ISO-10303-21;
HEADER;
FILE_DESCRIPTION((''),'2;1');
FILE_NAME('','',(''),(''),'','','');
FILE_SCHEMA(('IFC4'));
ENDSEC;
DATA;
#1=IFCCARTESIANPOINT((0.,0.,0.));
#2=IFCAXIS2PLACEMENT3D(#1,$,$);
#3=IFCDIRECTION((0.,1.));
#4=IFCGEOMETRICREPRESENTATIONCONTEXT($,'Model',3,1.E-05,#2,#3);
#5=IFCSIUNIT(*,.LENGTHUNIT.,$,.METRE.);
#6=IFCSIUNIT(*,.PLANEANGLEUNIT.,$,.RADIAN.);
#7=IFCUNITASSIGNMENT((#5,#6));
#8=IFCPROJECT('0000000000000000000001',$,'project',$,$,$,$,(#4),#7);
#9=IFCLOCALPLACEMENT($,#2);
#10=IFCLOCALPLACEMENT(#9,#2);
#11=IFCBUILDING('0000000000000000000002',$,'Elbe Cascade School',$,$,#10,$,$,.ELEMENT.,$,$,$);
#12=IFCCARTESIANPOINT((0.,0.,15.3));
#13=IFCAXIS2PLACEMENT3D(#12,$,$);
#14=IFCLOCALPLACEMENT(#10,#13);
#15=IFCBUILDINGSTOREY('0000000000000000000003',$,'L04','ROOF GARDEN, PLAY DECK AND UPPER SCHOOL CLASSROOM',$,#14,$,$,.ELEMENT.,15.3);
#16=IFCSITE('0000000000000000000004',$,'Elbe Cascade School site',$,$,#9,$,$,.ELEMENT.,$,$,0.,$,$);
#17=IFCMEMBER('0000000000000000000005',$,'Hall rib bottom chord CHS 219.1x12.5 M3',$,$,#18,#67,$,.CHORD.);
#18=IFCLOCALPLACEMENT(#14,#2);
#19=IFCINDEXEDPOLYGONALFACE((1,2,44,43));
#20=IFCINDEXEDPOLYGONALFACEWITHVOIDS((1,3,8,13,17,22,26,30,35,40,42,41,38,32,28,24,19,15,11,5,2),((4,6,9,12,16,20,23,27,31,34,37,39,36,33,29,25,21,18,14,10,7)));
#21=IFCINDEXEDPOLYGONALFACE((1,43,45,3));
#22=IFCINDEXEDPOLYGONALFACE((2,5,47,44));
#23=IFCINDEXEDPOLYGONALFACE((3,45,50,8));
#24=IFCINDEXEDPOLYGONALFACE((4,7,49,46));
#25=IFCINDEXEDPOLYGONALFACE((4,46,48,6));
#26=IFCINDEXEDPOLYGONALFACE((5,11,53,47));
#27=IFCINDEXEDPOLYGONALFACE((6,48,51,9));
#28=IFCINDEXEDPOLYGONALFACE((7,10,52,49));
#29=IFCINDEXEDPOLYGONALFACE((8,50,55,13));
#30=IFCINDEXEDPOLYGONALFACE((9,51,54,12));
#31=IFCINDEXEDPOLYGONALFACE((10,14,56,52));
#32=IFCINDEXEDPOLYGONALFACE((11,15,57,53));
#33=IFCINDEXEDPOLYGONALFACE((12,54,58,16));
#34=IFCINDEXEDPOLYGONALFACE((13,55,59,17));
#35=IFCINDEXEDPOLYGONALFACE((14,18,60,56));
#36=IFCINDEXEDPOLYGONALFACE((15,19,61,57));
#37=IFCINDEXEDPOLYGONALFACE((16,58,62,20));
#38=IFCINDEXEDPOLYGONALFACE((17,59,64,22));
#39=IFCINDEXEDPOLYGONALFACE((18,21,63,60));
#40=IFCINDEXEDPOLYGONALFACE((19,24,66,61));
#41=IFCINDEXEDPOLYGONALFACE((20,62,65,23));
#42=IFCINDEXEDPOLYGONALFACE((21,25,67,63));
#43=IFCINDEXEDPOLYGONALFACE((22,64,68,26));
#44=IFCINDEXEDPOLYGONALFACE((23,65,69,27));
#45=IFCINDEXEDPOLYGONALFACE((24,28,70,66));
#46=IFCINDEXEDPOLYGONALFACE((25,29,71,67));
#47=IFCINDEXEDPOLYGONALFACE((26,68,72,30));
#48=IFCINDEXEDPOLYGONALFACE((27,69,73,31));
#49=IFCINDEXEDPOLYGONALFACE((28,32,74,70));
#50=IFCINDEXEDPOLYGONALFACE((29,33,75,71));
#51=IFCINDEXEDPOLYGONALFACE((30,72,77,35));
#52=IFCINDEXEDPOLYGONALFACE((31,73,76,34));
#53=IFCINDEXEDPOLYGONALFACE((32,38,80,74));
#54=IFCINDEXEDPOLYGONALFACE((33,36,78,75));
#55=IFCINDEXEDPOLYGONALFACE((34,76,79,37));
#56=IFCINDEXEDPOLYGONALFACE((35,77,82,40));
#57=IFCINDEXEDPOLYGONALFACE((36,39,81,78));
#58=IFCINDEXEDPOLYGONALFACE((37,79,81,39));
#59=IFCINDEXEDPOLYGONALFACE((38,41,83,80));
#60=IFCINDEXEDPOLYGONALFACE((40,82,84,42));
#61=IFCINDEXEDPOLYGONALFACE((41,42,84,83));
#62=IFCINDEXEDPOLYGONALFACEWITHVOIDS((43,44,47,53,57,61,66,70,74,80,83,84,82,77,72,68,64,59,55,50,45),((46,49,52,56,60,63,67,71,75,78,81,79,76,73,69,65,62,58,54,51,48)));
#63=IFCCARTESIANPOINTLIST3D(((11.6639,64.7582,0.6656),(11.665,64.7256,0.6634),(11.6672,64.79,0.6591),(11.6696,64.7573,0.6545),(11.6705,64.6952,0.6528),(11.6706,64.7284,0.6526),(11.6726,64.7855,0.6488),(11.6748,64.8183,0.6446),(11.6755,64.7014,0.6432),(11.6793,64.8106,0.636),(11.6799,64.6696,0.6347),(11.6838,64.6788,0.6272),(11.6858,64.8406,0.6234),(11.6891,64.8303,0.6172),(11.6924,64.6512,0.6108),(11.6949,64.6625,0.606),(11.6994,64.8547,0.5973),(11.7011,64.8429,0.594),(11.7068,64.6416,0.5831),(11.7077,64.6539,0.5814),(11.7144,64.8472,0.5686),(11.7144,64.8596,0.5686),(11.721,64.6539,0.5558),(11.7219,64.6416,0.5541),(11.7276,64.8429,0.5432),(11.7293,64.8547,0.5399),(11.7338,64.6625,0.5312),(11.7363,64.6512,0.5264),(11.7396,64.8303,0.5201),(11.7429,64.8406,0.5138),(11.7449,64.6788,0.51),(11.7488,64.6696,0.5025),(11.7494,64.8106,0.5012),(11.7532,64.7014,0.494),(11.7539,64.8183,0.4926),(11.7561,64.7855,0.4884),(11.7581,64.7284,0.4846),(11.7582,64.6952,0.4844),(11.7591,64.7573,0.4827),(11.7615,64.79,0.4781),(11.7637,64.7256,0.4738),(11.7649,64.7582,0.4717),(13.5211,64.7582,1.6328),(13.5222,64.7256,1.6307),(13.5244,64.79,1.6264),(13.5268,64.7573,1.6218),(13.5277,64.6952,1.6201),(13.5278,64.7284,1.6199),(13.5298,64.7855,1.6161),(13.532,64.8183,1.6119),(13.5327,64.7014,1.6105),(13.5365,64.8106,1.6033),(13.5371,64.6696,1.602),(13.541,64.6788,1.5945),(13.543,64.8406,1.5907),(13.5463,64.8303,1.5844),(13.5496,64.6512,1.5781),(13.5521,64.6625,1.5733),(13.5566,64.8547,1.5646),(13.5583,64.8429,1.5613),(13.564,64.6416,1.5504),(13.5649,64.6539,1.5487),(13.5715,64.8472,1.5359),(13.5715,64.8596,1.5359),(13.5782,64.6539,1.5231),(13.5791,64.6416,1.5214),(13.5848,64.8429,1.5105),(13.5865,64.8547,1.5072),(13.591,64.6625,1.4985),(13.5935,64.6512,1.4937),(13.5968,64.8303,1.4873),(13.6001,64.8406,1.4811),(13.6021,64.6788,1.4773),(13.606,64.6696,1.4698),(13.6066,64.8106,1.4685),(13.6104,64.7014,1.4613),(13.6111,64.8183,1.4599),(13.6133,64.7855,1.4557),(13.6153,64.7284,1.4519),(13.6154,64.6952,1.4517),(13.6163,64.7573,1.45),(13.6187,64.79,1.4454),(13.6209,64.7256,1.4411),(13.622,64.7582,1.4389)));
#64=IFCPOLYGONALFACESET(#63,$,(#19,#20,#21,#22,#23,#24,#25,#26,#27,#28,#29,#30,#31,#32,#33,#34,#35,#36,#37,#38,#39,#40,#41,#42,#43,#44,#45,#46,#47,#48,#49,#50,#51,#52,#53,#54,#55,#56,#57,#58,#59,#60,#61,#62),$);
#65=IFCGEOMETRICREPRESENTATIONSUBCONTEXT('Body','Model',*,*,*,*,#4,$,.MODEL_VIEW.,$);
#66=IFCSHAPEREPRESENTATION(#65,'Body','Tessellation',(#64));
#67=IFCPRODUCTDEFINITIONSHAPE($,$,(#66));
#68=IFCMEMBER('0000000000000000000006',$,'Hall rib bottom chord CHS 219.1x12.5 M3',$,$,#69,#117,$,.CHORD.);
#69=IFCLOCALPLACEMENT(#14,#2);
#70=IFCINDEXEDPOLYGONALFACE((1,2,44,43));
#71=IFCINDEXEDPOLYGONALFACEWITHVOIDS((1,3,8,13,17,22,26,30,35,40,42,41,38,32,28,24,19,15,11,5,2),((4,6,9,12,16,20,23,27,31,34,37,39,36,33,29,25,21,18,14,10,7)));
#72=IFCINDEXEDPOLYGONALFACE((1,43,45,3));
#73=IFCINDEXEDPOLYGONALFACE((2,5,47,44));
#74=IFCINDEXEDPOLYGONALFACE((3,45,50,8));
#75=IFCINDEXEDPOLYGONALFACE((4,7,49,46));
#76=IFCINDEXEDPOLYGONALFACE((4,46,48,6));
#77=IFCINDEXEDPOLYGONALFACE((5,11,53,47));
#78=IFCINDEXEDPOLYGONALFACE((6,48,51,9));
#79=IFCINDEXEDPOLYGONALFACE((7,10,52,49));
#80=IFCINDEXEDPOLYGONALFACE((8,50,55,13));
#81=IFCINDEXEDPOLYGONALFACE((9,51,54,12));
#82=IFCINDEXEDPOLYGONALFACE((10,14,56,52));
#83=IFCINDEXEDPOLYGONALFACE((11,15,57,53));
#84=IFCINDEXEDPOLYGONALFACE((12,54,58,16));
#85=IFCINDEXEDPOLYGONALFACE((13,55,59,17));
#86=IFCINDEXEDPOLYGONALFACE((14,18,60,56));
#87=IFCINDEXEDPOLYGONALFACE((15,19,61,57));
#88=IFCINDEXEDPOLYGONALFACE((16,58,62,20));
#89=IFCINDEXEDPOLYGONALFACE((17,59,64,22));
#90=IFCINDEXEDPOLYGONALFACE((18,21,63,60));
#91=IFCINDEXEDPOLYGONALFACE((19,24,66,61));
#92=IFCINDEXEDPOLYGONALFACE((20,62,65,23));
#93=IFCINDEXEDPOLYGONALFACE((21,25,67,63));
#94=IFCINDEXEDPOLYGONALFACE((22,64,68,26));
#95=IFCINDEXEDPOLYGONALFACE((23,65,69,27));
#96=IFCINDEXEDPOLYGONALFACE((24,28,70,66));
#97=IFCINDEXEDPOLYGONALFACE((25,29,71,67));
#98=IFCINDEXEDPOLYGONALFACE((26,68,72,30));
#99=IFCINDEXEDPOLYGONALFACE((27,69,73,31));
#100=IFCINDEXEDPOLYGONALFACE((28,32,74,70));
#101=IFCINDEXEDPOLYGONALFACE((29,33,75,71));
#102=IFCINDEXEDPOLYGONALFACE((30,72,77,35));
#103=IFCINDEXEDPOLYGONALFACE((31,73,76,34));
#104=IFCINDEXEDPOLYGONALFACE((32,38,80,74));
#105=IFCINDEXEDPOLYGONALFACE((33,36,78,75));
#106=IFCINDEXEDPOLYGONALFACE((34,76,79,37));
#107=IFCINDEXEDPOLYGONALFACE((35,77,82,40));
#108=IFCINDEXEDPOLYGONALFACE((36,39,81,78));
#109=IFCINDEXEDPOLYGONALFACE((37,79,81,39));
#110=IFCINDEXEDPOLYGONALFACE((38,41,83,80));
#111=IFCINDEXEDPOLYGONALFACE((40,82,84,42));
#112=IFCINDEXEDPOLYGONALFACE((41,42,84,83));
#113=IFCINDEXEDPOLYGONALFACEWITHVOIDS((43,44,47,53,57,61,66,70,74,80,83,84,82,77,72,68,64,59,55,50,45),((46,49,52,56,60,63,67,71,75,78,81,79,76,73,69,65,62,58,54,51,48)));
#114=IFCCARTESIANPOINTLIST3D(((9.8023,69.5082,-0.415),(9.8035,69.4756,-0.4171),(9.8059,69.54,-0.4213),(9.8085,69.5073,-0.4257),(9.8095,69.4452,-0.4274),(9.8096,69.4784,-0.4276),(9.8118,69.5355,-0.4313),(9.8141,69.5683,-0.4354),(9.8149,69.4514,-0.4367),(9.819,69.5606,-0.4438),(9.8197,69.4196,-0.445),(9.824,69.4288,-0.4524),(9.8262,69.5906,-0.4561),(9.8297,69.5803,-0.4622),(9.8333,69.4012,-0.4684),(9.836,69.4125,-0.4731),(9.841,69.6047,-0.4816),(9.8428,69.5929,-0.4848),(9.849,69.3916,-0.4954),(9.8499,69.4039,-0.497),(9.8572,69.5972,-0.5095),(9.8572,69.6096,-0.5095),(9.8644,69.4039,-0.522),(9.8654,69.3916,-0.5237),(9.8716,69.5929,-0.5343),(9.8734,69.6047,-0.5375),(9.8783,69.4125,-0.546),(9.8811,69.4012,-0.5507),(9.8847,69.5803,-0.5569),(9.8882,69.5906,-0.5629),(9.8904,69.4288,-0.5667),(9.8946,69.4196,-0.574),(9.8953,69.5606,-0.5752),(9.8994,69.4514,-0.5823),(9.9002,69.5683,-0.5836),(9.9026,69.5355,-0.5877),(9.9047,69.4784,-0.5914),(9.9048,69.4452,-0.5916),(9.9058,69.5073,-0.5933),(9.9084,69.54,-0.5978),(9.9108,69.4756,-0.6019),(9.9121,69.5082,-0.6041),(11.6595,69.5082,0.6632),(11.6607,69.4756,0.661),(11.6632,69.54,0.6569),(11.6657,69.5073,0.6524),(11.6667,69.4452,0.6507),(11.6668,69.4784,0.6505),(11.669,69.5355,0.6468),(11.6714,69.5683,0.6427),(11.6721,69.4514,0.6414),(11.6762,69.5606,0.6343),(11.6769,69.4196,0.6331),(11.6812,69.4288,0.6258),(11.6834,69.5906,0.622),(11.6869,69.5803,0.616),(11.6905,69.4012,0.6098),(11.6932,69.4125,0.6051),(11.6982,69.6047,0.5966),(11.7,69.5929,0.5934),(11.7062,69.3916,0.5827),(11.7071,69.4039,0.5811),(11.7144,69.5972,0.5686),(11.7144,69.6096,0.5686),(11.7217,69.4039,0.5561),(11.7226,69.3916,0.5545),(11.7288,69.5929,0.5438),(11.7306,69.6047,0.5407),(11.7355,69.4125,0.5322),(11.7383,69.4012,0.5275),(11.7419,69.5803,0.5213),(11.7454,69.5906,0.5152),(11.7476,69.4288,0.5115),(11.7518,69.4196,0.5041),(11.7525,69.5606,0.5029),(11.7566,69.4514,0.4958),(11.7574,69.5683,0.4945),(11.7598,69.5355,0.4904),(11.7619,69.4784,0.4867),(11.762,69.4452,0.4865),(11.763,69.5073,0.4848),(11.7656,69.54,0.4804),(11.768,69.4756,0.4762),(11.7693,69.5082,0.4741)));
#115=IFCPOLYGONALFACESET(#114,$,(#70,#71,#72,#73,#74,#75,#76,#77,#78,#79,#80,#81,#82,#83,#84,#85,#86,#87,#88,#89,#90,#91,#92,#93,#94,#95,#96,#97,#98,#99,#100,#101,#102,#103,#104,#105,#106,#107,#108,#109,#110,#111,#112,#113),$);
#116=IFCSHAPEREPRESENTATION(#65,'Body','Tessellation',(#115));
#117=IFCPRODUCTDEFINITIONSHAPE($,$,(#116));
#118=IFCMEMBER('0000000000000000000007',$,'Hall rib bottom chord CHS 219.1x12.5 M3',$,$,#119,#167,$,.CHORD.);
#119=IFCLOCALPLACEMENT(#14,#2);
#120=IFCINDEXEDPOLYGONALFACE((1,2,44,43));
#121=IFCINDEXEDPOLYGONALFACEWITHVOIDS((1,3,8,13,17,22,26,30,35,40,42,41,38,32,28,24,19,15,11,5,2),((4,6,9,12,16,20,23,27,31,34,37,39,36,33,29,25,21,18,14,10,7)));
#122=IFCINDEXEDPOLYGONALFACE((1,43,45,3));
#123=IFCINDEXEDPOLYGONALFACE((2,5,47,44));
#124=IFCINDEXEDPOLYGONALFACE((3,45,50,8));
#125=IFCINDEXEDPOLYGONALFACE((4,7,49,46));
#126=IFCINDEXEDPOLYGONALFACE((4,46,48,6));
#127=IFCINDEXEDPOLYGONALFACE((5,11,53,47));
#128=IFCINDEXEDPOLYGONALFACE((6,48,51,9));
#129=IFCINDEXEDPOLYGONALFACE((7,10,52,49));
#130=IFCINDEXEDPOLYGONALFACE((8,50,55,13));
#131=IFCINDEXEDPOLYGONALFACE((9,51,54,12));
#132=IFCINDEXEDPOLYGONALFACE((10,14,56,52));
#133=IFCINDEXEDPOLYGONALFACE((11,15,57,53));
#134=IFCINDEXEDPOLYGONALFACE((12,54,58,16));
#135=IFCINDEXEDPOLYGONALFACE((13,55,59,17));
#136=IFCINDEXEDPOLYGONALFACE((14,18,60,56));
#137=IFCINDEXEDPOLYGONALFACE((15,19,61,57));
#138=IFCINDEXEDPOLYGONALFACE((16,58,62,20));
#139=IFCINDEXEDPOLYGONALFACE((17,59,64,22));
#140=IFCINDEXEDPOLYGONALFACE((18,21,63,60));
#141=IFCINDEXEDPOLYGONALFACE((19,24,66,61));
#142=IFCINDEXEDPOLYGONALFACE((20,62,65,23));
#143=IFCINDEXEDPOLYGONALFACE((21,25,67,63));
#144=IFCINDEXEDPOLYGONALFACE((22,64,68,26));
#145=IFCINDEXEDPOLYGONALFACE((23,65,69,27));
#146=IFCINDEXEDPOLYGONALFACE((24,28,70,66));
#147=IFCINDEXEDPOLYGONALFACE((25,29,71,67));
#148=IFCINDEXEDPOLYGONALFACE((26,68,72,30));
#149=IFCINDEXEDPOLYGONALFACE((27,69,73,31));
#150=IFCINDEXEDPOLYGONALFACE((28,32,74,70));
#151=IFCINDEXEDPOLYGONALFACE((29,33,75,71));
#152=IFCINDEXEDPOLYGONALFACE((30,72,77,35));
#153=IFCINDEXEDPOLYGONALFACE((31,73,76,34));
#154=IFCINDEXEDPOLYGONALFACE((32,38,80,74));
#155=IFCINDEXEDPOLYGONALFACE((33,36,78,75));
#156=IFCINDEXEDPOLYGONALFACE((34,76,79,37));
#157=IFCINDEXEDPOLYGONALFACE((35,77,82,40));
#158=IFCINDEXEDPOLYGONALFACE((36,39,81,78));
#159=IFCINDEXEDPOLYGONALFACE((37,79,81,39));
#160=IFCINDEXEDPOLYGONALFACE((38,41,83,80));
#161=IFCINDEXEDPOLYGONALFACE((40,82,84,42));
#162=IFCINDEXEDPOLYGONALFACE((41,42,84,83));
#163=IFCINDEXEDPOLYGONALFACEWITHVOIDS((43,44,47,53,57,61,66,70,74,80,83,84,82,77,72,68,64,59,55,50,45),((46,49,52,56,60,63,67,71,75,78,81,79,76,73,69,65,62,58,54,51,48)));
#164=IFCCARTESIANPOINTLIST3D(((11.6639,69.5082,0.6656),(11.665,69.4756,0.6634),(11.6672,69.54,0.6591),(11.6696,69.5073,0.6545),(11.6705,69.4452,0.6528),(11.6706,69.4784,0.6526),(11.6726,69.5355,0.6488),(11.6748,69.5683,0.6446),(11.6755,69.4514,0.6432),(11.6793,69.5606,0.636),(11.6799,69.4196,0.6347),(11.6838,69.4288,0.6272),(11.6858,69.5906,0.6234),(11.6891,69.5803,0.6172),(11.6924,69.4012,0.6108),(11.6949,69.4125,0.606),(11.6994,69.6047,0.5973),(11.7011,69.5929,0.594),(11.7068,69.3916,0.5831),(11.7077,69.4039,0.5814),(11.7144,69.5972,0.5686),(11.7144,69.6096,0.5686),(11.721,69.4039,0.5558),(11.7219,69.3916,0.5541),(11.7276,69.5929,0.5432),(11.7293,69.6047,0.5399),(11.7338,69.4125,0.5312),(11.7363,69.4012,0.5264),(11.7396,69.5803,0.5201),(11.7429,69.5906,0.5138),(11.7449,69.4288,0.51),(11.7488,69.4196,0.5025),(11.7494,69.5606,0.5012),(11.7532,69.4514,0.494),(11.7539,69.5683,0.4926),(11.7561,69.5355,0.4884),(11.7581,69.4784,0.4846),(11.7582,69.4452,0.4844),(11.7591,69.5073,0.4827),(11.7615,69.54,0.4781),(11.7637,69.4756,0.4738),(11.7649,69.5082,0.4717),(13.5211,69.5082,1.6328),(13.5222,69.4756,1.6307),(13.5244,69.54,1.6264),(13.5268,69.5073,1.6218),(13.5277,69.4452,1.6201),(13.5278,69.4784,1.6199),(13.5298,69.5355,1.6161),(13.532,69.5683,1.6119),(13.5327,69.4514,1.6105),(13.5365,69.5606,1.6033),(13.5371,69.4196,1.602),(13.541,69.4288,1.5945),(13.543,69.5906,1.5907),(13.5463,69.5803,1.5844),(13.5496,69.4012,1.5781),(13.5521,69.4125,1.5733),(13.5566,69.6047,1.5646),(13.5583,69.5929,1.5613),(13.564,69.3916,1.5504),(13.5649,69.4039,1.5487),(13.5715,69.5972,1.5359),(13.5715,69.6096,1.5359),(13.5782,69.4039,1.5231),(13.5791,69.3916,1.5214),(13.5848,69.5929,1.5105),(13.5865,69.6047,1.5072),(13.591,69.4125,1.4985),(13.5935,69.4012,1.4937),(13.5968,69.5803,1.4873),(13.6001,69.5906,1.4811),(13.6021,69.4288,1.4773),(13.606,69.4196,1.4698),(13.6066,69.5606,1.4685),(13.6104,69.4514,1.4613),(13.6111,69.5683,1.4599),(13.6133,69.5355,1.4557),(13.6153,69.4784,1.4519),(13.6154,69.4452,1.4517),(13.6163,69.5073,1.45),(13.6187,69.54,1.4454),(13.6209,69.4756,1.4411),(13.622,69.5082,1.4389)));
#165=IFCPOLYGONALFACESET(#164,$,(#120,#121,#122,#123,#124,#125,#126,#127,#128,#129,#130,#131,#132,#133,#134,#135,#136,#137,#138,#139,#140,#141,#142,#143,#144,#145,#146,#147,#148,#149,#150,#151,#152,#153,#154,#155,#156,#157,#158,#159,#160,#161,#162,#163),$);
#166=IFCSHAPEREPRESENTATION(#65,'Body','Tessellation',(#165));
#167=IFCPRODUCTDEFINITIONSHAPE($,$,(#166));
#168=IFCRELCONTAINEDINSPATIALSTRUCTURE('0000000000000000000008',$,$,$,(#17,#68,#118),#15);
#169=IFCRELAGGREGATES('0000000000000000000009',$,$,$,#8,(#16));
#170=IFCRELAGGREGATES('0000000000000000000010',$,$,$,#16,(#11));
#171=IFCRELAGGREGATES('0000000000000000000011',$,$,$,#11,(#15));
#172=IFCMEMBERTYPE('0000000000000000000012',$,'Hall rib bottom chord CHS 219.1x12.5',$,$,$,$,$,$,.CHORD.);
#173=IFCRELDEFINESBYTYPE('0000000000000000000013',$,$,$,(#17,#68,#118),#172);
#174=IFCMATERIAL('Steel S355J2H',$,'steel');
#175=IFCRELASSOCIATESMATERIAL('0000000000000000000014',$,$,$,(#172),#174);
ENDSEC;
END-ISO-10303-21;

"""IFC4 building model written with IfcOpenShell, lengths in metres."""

from ifc_helpers import new_model, si_unit, direction, frame, origin, origin_2d, place, context, subcontext, project, spatial, hollow_circle, extrude, material, material_profile, profile_set, type_object, element, save


model = new_model("IFC4")

# Units and contexts
model_context = context("Model", 3, precision=1e-05, world=origin(), true_north=direction((0.0, 1.0)))
body_context = subcontext(model_context, "Body", "Model", "MODEL_VIEW")
ifc_project = project(units=[si_unit("LENGTHUNIT", "METRE"), si_unit("PLANEANGLEUNIT", "RADIAN")], contexts=[model_context])

# Site, building, storey
site_placement = place(None, origin())
site = spatial("IfcSite", under=ifc_project, at=site_placement, Name="Elbe Cascade School site", CompositionType="ELEMENT", RefElevation=0.0)
building_placement = place(site_placement, origin())
building = spatial("IfcBuilding", under=site, at=building_placement, Name="Elbe Cascade School", CompositionType="ELEMENT")
storey_placement = place(building_placement, frame((0.0, 0.0, 15.3)))
storey = spatial("IfcBuildingStorey", under=building, at=storey_placement, Name="L04", Description="ROOF GARDEN, PLAY DECK AND UPPER SCHOOL CLASSROOM", CompositionType="ELEMENT", Elevation=15.3)

# Members
ifc_material_1 = material(Name="Steel S355J2H", Category="steel")
ifc_material_profile_1 = material_profile(ifc_material_1, hollow_circle(Radius=0.1096, WallThickness=0.0125, at=origin_2d()), Name="CHS 219.1x12.5")
ifc_profile_set_1 = profile_set([ifc_material_profile_1], Name="Steel S355J2H")
member_type_1 = type_object("IfcMemberType", Name="Hall rib bottom chord CHS 219.1x12.5", PredefinedType="CHORD", material=ifc_profile_set_1)
member_1_placement = place(storey_placement, frame((11.7144, 64.75, 0.5686), z_axis=(0.886913, 0.0, 0.461936), x_axis=(0.0, 1.0, 0.0)))
element("IfcMember", 1, at=member_1_placement, inside=storey, type_object=member_type_1, Name="Hall rib bottom chord CHS 219.1x12.5 M3", PredefinedType="CHORD", context=body_context, shape_type="SweptSolid", body=[
    extrude(hollow_circle(Radius=0.1096, WallThickness=0.0125, at=origin_2d()), origin(), (0.0, 0.0, 1.0), 2.094),
])
member_2_placement = place(storey_placement, frame((9.8572, 69.5, -0.5095), z_axis=(0.864837, 0.0, 0.502053), x_axis=(0.0, 1.0, 0.0)))
element("IfcMember", 2, at=member_2_placement, inside=storey, type_object=member_type_1, Name="Hall rib bottom chord CHS 219.1x12.5 M3", PredefinedType="CHORD", context=body_context, shape_type="SweptSolid", body=[
    extrude(hollow_circle(Radius=0.1096, WallThickness=0.0125, at=origin_2d()), origin(), (0.0, 0.0, 1.0), 2.1475),
])
member_3_placement = place(storey_placement, frame((11.7144, 69.5, 0.5686), z_axis=(0.886913, 0.0, 0.461936), x_axis=(0.0, 1.0, 0.0)))
element("IfcMember", 3, at=member_3_placement, inside=storey, type_object=member_type_1, Name="Hall rib bottom chord CHS 219.1x12.5 M3", PredefinedType="CHORD", context=body_context, shape_type="SweptSolid", body=[
    extrude(hollow_circle(Radius=0.1096, WallThickness=0.0125, at=origin_2d()), origin(), (0.0, 0.0, 1.0), 2.094),
])

save(model, "model.ifc")
